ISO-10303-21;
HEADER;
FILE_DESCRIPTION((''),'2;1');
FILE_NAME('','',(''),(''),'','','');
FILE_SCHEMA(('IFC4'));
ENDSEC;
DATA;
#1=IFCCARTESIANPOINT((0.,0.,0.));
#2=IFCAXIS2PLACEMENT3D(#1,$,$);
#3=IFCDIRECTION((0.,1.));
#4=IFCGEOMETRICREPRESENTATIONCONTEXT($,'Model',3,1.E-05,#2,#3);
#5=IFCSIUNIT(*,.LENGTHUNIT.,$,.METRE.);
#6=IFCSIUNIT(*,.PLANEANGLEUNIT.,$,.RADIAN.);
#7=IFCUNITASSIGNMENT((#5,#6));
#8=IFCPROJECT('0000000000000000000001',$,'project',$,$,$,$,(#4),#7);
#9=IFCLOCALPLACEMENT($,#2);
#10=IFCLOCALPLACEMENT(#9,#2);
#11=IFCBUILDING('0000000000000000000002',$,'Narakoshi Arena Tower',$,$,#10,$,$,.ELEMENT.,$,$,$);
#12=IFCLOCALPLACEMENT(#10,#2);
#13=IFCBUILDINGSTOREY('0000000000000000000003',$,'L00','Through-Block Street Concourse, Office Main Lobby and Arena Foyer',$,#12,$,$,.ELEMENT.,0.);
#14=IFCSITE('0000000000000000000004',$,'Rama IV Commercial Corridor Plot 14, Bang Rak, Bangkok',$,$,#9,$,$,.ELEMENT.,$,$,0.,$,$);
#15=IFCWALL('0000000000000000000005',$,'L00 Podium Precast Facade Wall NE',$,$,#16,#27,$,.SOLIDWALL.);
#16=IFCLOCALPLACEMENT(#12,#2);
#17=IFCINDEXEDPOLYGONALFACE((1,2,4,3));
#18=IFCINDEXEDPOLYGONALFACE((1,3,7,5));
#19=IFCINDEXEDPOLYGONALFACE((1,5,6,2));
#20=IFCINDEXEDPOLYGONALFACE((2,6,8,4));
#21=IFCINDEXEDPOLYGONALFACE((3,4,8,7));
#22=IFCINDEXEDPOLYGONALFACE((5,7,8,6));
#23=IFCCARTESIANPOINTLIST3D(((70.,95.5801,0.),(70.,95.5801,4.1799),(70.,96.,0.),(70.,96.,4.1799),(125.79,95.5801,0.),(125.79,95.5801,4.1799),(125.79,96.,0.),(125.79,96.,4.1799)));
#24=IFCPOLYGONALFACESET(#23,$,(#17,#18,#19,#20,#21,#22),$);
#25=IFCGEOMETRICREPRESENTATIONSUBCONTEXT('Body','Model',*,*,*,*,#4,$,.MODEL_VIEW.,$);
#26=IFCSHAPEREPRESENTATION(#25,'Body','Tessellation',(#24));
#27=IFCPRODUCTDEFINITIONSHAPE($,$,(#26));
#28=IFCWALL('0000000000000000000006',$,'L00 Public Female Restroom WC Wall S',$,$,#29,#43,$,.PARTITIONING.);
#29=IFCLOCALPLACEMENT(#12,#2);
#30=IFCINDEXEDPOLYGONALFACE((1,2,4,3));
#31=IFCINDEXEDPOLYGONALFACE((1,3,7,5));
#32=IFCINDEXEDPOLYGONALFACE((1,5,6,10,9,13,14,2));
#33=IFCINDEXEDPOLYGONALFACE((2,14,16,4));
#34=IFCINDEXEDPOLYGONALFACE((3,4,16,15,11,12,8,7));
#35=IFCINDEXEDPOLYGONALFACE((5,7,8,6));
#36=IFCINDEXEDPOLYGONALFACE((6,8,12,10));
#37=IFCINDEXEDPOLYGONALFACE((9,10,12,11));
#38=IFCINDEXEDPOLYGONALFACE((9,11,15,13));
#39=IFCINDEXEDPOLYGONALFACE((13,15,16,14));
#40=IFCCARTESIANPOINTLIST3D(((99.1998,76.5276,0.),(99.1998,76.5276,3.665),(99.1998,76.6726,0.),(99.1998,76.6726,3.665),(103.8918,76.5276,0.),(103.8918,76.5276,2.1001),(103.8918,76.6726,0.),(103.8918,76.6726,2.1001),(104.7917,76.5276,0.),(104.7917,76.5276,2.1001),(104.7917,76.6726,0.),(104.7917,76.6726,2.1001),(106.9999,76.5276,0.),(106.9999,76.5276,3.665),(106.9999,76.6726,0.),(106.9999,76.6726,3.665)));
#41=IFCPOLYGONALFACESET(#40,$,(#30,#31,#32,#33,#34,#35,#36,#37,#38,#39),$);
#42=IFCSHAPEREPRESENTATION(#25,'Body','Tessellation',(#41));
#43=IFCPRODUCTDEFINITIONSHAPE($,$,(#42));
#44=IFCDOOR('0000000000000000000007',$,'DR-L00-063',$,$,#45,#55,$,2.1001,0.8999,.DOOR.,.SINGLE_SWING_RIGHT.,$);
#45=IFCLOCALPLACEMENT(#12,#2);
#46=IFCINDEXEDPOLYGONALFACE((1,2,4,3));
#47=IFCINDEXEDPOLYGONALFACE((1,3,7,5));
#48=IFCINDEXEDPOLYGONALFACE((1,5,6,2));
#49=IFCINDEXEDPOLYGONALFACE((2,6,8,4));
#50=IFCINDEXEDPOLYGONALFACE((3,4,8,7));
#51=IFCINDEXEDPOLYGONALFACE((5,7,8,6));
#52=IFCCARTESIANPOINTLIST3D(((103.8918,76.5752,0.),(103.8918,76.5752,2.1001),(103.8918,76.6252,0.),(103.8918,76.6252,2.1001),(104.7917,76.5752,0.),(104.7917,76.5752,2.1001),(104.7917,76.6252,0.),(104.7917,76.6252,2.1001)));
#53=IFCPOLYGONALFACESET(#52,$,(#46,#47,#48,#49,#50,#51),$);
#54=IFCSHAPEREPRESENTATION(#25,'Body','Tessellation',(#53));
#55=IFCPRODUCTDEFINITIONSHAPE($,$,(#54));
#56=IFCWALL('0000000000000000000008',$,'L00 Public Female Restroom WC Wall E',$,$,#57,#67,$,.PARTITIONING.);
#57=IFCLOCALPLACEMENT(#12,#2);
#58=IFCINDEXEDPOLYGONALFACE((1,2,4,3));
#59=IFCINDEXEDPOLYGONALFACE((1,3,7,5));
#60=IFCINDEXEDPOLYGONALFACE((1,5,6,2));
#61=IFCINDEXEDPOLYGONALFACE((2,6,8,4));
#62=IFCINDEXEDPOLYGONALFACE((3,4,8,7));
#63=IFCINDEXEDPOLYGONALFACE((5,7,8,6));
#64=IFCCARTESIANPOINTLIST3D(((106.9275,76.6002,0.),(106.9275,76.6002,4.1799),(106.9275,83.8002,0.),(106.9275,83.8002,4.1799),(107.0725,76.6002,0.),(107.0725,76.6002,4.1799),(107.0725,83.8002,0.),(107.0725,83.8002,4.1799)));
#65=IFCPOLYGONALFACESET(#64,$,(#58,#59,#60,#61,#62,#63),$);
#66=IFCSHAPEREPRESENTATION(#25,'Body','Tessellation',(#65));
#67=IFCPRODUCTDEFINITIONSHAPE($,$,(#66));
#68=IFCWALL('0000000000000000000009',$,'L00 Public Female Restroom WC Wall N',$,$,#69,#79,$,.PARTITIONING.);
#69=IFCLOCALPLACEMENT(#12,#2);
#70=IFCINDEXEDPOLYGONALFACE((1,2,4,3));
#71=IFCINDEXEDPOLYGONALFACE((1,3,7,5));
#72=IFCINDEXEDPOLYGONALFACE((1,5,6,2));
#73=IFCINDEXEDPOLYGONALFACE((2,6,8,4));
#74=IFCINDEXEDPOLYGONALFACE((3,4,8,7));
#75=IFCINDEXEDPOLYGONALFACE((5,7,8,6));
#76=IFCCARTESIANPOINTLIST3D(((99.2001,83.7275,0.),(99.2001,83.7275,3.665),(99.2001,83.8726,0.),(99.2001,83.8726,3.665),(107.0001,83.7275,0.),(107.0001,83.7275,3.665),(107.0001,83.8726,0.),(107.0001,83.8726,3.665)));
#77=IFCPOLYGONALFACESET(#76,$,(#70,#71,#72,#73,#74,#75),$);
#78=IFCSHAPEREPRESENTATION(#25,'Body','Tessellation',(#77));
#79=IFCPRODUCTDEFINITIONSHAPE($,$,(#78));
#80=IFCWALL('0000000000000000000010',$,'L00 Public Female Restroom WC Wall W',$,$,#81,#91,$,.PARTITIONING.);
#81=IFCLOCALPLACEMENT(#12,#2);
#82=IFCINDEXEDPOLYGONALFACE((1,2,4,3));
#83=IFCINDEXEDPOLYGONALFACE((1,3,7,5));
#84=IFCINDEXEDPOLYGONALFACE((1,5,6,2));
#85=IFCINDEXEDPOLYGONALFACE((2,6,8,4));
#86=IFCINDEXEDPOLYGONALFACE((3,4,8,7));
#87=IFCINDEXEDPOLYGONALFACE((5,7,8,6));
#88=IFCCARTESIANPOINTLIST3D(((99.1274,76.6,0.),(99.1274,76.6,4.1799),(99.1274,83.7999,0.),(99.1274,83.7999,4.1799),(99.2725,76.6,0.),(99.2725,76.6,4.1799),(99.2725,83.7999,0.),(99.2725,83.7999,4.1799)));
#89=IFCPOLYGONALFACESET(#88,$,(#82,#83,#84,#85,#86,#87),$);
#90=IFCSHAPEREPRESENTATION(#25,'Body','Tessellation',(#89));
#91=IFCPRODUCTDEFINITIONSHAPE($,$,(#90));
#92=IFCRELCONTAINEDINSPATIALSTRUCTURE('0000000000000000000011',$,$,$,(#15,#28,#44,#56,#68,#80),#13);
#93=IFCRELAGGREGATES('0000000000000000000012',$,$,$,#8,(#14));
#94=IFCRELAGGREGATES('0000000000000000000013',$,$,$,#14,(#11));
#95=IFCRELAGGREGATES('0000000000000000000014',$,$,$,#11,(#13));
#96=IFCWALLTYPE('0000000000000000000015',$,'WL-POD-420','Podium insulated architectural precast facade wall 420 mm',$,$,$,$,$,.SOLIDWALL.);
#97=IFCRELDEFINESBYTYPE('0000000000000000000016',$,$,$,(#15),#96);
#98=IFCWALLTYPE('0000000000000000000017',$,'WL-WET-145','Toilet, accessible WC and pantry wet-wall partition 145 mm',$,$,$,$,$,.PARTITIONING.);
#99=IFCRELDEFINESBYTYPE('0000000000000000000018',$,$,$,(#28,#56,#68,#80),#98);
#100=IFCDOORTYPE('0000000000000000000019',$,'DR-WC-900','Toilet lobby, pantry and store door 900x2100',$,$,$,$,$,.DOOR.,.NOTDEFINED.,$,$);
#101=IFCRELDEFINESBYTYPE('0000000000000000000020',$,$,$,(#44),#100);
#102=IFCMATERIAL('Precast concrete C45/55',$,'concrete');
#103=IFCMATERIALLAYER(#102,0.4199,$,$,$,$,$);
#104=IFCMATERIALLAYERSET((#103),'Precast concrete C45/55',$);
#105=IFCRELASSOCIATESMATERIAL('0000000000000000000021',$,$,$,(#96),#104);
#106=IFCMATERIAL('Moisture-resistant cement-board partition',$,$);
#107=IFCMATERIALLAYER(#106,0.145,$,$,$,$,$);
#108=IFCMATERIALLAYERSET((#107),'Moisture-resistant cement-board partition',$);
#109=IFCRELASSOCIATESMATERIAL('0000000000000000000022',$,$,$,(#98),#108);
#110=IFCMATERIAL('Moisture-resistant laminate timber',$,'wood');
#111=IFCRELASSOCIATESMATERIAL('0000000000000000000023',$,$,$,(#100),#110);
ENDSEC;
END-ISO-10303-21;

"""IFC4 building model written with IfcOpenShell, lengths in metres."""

from ifc_helpers import new_model, si_unit, direction, frame, frame_2d, origin, place, context, subcontext, project, spatial, rectangle, extrude, material, layer, layer_set, type_object, element, fill, save


model = new_model("IFC4")

# Units and contexts
model_context = context("Model", 3, precision=1e-05, world=origin(), true_north=direction((0.0, 1.0)))
body_context = subcontext(model_context, "Body", "Model", "MODEL_VIEW")
ifc_project = project(units=[si_unit("LENGTHUNIT", "METRE"), si_unit("PLANEANGLEUNIT", "RADIAN")], contexts=[model_context])

# Site, building, storey
site_placement = place(None, origin())
site = spatial("IfcSite", under=ifc_project, at=site_placement, Name="Rama IV Commercial Corridor Plot 14, Bang Rak, Bangkok", CompositionType="ELEMENT", RefElevation=0.0)
building_placement = place(site_placement, origin())
building = spatial("IfcBuilding", under=site, at=building_placement, Name="Narakoshi Arena Tower", CompositionType="ELEMENT")
storey_placement = place(building_placement, origin())
storey = spatial("IfcBuildingStorey", under=building, at=storey_placement, Name="L00", Description="Through-Block Street Concourse, Office Main Lobby and Arena Foyer", CompositionType="ELEMENT", Elevation=0.0)

# Wall
ifc_material_1 = material(Name="Precast concrete C45/55", Category="concrete")
ifc_layer_1 = layer(ifc_material_1, 0.4199)
ifc_layer_set_1 = layer_set([ifc_layer_1], Name="Precast concrete C45/55")
wall_type_1 = type_object("IfcWallType", Name="WL-POD-420", Description="Podium insulated architectural precast facade wall 420 mm", PredefinedType="SOLIDWALL", material=ifc_layer_set_1)
wall_1_placement = place(storey_placement, frame((125.79, 95.79, 0.0), z_axis=(0.0, 0.0, 1.0), x_axis=(-1.0, 0.0, 0.0)))
element("IfcWall", 1, at=wall_1_placement, inside=storey, type_object=wall_type_1, Name="L00 Podium Precast Facade Wall NE", PredefinedType="SOLIDWALL", context=body_context, shape_type="SweptSolid", body=[
    extrude(rectangle(XDim=55.79, YDim=0.4199, at=frame_2d((27.895, 0.0))), origin(), (0.0, 0.0, 1.0), 4.1799),
])

# Wall, opening, door
ifc_material_2 = material(Name="Moisture-resistant cement-board partition")
ifc_layer_2 = layer(ifc_material_2, 0.145)
ifc_layer_set_2 = layer_set([ifc_layer_2], Name="Moisture-resistant cement-board partition")
wall_type_2 = type_object("IfcWallType", Name="WL-WET-145", Description="Toilet, accessible WC and pantry wet-wall partition 145 mm", PredefinedType="PARTITIONING", material=ifc_layer_set_2)
wall_2_placement = place(storey_placement, frame((99.2, 76.6001, 0.0), z_axis=(0.0, 0.0, 1.0), x_axis=(1.0, 0.0, 0.0)))
wall_2 = element("IfcWall", 2, at=wall_2_placement, inside=storey, type_object=wall_type_2, Name="L00 Public Female Restroom WC Wall S", PredefinedType="PARTITIONING", context=body_context, shape_type="SweptSolid", body=[
    extrude(rectangle(XDim=7.8, YDim=0.145, at=frame_2d((3.8999, 0.0))), origin(), (0.0, 0.0, 1.0), 3.665),
])
opening_placement = place(wall_2_placement, frame((4.6919, 0.0, 0.0)))
opening = element("IfcOpeningElement", 3, at=opening_placement, cuts=wall_2, PredefinedType="OPENING", context=body_context, shape_type="SweptSolid", body=[
    extrude(rectangle(XDim=0.8999, YDim=2.1001, at=frame_2d((0.45, 1.05))), frame((0.0, 0.0825, 0.0), z_axis=(0.0, -1.0, 0.0), x_axis=(1.0, 0.0, 0.0)), (0.0, 0.0, 1.0), 0.165),
])
ifc_material_3 = material(Name="Moisture-resistant laminate timber", Category="wood")
door_type = type_object("IfcDoorType", Name="DR-WC-900", Description="Toilet lobby, pantry and store door 900x2100", OperationType="NOTDEFINED", PredefinedType="DOOR", material=ifc_material_3)
door_placement = place(opening_placement, frame((0.8999, 0.0, 0.0), z_axis=(0.0, 0.0, 1.0), x_axis=(-1.0, 0.0, 0.0)))
door = element("IfcDoor", 4, at=door_placement, inside=storey, type_object=door_type, Name="DR-L00-063", OperationType="SINGLE_SWING_RIGHT", OverallHeight=2.1001, OverallWidth=0.8999, PredefinedType="DOOR", context=body_context, shape_type="SweptSolid", body=[
    extrude(rectangle(XDim=0.8999, YDim=2.1001, at=frame_2d((0.45, 1.05))), frame((0.0, 0.0249, 0.0), z_axis=(0.0, -1.0, 0.0), x_axis=(1.0, 0.0, 0.0)), (0.0, 0.0, 1.0), 0.05),
])
fill(opening, door)

# Walls
wall_3_placement = place(storey_placement, frame((107.0, 76.6001, 0.0), z_axis=(0.0, 0.0, 1.0), x_axis=(0.0, 1.0, 0.0)))
element("IfcWall", 5, at=wall_3_placement, inside=storey, type_object=wall_type_2, Name="L00 Public Female Restroom WC Wall E", PredefinedType="PARTITIONING", context=body_context, shape_type="SweptSolid", body=[
    extrude(rectangle(XDim=7.2, YDim=0.145, at=frame_2d((3.6001, 0.0))), origin(), (0.0, 0.0, 1.0), 4.1799),
])
wall_4_placement = place(storey_placement, frame((107.0, 83.8, 0.0), z_axis=(0.0, 0.0, 1.0), x_axis=(-1.0, 0.0, 0.0)))
element("IfcWall", 6, at=wall_4_placement, inside=storey, type_object=wall_type_2, Name="L00 Public Female Restroom WC Wall N", PredefinedType="PARTITIONING", context=body_context, shape_type="SweptSolid", body=[
    extrude(rectangle(XDim=7.8, YDim=0.145, at=frame_2d((3.8999, 0.0))), origin(), (0.0, 0.0, 1.0), 3.665),
])
wall_5_placement = place(storey_placement, frame((99.2, 83.8, 0.0), z_axis=(0.0, 0.0, 1.0), x_axis=(0.0, -1.0, 0.0)))
element("IfcWall", 7, at=wall_5_placement, inside=storey, type_object=wall_type_2, Name="L00 Public Female Restroom WC Wall W", PredefinedType="PARTITIONING", context=body_context, shape_type="SweptSolid", body=[
    extrude(rectangle(XDim=7.2, YDim=0.145, at=frame_2d((3.6001, 0.0))), origin(), (0.0, 0.0, 1.0), 4.1799),
])

save(model, "model.ifc")
